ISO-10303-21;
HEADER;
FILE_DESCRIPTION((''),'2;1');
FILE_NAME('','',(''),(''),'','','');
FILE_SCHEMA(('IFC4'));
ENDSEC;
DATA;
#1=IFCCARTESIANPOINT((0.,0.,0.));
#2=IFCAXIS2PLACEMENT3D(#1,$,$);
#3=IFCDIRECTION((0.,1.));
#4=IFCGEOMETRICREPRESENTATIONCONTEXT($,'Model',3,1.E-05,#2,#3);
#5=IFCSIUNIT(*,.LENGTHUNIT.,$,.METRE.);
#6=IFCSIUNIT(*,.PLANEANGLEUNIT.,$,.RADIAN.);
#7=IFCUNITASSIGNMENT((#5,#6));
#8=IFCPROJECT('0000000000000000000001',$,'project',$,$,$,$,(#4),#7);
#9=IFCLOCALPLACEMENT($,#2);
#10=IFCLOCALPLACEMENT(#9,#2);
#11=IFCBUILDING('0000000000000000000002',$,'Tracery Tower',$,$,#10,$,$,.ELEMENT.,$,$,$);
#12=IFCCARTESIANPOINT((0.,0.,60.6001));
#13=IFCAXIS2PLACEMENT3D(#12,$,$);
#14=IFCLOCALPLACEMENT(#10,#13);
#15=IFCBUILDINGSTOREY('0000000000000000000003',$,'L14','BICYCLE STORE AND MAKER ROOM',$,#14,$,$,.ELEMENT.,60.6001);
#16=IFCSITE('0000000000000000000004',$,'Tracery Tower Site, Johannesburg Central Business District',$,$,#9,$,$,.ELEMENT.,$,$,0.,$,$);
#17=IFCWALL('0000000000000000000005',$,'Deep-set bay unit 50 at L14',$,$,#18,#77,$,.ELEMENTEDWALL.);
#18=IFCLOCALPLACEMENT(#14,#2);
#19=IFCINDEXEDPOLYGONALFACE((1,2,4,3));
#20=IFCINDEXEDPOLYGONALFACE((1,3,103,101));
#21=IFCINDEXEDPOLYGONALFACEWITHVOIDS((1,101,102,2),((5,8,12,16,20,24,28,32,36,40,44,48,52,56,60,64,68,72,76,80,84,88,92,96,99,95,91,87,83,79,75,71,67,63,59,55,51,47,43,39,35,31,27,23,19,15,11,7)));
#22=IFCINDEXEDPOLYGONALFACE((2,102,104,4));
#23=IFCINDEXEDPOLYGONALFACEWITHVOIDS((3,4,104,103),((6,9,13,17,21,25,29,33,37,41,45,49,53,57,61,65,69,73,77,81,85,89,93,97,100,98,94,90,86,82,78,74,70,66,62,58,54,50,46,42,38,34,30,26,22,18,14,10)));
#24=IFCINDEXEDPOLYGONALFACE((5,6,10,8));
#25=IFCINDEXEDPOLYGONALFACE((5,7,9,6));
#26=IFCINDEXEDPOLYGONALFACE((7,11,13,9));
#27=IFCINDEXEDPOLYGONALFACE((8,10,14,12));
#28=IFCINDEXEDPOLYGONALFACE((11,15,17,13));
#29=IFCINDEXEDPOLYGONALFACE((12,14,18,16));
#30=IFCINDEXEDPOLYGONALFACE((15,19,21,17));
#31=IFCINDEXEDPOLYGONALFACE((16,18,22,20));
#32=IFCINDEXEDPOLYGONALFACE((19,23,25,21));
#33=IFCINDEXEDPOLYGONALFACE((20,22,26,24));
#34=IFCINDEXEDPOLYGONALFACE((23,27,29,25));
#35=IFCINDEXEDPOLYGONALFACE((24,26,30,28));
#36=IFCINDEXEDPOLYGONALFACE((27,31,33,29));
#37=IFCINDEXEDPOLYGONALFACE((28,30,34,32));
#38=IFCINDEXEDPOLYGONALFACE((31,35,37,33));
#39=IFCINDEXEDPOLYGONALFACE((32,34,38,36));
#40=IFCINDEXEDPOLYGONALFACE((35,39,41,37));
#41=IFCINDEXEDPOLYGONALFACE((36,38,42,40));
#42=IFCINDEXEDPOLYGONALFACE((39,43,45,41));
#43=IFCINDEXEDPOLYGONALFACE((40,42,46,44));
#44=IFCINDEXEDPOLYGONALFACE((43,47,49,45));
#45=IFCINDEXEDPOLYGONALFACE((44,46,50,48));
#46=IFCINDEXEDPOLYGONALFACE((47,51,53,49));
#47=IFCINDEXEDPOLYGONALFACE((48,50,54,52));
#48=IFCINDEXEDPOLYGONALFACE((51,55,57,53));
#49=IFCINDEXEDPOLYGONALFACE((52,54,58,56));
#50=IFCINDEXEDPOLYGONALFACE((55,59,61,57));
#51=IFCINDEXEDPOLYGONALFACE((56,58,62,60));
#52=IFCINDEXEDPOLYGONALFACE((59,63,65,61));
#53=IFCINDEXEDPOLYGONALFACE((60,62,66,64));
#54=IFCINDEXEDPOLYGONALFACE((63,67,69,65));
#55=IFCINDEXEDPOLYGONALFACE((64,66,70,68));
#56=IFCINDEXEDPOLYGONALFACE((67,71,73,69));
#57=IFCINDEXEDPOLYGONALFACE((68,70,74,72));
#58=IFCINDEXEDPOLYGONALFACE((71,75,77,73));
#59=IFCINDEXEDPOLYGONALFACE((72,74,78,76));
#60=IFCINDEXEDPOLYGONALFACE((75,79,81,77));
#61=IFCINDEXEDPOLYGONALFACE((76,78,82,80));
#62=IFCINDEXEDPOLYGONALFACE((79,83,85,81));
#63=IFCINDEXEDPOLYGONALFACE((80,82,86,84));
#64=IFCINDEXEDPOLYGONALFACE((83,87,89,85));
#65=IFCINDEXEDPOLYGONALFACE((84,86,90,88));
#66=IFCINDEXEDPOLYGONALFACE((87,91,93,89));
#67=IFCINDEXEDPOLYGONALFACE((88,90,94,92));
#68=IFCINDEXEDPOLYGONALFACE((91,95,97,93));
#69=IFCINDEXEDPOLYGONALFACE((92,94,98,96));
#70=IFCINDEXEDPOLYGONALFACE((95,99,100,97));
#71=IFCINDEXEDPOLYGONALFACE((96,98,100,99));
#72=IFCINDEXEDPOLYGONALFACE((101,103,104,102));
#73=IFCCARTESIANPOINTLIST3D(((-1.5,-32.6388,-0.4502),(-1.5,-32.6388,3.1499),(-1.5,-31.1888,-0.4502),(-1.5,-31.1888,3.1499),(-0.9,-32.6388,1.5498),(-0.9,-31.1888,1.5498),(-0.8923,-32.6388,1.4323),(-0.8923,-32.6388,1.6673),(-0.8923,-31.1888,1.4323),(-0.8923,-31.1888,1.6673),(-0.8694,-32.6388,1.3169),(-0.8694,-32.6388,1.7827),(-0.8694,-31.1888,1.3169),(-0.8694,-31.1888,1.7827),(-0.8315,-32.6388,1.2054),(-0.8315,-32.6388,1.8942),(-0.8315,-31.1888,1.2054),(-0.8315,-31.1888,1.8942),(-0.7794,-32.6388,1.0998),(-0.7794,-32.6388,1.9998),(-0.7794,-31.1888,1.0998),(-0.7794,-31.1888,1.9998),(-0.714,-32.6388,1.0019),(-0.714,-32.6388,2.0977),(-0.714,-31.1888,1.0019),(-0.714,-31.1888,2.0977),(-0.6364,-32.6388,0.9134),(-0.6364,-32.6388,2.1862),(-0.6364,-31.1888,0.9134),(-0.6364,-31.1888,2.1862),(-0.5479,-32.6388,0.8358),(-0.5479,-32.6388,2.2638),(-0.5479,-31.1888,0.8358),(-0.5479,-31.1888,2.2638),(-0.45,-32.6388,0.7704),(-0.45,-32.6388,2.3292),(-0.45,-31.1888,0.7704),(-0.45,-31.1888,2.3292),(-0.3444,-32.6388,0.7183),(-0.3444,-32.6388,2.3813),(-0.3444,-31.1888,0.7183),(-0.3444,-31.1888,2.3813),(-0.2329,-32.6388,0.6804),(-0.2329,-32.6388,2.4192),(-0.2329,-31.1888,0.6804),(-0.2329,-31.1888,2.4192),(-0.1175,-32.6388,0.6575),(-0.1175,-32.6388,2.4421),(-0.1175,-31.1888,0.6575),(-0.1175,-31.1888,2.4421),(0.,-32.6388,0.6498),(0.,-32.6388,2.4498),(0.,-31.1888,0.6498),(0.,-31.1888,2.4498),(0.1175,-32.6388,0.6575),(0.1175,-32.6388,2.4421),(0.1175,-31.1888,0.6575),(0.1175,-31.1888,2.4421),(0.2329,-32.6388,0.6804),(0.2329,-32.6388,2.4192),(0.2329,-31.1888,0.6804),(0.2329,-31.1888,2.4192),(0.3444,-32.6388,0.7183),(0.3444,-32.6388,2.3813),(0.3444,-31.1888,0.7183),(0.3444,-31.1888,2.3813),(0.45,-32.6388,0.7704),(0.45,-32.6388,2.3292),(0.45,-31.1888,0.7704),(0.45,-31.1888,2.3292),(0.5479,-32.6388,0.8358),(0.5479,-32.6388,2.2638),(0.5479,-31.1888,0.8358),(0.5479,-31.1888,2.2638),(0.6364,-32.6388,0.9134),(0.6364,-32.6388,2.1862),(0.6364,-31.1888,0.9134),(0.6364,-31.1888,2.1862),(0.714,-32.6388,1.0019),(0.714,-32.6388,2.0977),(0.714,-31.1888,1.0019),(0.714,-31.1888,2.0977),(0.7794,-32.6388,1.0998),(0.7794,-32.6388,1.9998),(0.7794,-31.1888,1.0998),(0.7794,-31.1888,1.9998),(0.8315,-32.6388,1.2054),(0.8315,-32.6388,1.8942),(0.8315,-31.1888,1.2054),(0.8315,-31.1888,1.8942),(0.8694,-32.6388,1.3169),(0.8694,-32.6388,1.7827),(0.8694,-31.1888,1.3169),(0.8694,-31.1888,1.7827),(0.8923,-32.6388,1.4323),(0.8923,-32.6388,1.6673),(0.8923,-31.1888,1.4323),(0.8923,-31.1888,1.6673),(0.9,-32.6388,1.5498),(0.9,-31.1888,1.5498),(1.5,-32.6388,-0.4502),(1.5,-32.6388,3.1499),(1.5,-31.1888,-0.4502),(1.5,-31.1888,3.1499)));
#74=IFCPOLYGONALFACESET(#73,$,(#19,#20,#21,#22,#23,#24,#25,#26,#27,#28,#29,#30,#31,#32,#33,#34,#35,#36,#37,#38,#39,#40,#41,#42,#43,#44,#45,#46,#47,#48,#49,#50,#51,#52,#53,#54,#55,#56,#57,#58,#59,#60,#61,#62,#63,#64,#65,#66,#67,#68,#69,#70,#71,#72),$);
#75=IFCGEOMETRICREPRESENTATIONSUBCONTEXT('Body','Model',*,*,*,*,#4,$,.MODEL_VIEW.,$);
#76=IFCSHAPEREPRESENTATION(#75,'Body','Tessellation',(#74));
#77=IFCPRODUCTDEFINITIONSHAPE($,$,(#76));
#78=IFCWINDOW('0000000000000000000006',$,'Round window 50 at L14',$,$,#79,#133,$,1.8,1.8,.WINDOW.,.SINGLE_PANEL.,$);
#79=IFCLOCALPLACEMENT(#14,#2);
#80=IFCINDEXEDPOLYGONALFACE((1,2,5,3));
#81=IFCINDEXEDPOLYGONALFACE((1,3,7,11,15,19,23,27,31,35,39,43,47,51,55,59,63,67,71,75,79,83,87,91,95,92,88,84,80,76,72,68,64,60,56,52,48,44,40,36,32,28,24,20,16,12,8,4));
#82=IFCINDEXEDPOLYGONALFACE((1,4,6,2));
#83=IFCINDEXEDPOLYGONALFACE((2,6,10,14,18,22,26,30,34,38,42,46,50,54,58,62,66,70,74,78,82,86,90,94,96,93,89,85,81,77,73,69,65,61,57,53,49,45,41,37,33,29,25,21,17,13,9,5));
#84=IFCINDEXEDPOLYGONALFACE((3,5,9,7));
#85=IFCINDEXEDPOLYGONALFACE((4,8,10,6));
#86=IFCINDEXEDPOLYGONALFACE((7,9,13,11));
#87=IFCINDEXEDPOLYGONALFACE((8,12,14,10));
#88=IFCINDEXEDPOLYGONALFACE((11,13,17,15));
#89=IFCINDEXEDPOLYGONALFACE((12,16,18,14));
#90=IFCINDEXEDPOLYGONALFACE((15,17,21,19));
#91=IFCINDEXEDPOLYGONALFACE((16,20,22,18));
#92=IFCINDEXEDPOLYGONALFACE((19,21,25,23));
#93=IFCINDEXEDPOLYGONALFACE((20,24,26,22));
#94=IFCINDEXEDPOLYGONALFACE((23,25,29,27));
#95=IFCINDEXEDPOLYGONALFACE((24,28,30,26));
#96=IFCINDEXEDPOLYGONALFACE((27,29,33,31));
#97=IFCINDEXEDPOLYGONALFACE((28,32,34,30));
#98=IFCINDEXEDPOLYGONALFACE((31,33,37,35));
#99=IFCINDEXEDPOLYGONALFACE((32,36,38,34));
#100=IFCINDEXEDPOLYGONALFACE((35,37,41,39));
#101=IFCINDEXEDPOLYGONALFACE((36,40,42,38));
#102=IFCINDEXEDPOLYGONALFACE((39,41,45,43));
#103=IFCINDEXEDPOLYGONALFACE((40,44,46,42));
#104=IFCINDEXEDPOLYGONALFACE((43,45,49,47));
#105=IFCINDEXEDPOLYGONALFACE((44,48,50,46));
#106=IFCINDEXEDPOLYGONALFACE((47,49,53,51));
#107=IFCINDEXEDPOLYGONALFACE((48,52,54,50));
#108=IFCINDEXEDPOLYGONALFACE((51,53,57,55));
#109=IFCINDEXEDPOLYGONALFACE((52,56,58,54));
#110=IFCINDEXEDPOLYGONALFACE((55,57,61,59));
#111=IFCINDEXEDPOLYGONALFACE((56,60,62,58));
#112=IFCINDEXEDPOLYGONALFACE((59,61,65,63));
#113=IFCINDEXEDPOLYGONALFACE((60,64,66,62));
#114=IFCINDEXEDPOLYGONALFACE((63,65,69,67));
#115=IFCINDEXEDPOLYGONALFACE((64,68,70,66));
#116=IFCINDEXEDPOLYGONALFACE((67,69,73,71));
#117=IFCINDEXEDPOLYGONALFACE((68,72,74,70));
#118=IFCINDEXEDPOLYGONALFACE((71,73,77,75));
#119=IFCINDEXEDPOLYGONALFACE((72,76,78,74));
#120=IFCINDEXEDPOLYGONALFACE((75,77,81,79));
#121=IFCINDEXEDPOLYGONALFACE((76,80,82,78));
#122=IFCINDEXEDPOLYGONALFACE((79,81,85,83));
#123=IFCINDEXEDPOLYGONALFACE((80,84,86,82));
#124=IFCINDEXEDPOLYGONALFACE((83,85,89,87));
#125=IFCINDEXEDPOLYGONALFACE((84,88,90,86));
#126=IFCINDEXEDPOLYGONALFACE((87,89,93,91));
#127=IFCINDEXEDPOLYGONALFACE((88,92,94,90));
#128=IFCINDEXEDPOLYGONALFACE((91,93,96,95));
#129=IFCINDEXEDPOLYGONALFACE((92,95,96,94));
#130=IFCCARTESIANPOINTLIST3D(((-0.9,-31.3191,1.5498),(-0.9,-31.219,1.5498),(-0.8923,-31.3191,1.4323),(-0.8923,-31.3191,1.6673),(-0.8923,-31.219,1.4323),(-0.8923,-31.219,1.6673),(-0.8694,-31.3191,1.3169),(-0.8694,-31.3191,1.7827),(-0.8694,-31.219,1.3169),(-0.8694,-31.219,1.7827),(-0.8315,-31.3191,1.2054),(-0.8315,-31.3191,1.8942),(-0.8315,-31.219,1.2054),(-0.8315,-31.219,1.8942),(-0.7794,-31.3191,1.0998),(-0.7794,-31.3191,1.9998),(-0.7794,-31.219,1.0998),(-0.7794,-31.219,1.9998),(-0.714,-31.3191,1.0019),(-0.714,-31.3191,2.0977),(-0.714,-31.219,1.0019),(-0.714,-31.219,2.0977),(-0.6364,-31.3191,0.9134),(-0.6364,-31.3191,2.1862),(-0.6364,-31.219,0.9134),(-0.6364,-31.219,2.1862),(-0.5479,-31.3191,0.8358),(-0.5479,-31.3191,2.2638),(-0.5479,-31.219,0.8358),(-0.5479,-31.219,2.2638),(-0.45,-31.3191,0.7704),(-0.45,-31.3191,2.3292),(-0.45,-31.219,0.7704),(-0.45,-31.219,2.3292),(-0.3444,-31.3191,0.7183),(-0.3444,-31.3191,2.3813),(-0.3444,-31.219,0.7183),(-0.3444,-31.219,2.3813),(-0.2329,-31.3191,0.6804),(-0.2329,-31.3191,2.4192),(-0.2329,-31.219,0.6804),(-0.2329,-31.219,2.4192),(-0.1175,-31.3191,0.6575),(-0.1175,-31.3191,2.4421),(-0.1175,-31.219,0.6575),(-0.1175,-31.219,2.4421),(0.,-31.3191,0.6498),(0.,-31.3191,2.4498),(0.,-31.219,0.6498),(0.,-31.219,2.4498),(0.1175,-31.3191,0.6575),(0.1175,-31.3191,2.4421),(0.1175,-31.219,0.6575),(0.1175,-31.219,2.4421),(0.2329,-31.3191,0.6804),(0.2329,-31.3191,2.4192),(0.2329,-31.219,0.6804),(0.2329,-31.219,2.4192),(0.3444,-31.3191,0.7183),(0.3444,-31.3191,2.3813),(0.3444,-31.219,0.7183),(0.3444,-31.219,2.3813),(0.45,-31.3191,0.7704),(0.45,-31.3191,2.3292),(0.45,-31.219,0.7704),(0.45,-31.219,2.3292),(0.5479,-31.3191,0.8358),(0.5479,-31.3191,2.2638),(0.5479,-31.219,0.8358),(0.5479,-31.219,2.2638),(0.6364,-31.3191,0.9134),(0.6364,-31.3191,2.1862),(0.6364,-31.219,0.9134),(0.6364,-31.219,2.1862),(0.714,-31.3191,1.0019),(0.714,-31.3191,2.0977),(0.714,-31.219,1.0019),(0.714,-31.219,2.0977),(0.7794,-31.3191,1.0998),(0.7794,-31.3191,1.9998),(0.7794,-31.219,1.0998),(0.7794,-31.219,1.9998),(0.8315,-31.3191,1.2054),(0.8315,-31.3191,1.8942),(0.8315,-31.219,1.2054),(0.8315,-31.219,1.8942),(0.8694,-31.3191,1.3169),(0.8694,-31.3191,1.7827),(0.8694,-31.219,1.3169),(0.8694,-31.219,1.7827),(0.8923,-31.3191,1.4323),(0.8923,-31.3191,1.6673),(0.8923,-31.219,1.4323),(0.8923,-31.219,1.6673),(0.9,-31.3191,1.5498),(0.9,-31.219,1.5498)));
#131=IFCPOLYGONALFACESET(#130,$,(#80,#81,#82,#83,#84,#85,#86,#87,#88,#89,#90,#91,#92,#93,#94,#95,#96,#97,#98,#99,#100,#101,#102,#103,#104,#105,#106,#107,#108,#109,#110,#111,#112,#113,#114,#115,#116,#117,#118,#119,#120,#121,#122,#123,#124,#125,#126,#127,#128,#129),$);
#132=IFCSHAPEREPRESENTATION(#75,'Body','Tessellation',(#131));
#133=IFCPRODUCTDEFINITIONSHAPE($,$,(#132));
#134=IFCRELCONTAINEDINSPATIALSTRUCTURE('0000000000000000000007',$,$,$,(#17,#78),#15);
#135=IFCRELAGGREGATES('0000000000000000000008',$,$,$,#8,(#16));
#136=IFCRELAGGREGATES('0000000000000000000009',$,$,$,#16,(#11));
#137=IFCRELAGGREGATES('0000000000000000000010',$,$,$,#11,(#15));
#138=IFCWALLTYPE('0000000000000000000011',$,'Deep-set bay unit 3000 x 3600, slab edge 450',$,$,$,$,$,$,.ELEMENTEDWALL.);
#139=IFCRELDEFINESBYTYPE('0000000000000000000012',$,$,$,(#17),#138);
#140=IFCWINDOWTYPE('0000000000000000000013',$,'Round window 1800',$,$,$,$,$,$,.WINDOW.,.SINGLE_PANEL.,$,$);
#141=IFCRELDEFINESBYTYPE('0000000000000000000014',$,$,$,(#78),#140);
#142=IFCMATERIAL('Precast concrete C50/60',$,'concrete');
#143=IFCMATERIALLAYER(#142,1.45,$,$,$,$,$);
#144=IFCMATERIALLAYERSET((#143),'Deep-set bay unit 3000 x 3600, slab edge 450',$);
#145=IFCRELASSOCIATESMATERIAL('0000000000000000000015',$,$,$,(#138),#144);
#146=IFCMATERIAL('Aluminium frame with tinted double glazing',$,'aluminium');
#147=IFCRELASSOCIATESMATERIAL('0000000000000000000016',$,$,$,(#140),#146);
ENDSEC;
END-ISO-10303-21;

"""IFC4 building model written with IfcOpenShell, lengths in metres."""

from ifc_helpers import new_model, si_unit, direction, frame, frame_2d, origin, origin_2d, place, context, subcontext, project, spatial, rectangle, circle, extrude, material, layer, layer_set, type_object, element, fill, save


model = new_model("IFC4")

# Units and contexts
model_context = context("Model", 3, precision=1e-05, world=origin(), true_north=direction((0.0, 1.0)))
body_context = subcontext(model_context, "Body", "Model", "MODEL_VIEW")
ifc_project = project(units=[si_unit("LENGTHUNIT", "METRE"), si_unit("PLANEANGLEUNIT", "RADIAN")], contexts=[model_context])

# Site, building, storey
site_placement = place(None, origin())
site = spatial("IfcSite", under=ifc_project, at=site_placement, Name="Tracery Tower Site, Johannesburg Central Business District", CompositionType="ELEMENT", RefElevation=0.0)
building_placement = place(site_placement, origin())
building = spatial("IfcBuilding", under=site, at=building_placement, Name="Tracery Tower", CompositionType="ELEMENT")
storey_placement = place(building_placement, frame((0.0, 0.0, 60.6001)))
storey = spatial("IfcBuildingStorey", under=building, at=storey_placement, Name="L14", Description="BICYCLE STORE AND MAKER ROOM", CompositionType="ELEMENT", Elevation=60.6001)

# Wall, opening, window
ifc_material_1 = material(Name="Precast concrete C50/60", Category="concrete")
ifc_layer_1 = layer(ifc_material_1, 1.45)
ifc_layer_set_1 = layer_set([ifc_layer_1], Name="Deep-set bay unit 3000 x 3600, slab edge 450")
wall_type_1 = type_object("IfcWallType", Name="Deep-set bay unit 3000 x 3600, slab edge 450", PredefinedType="ELEMENTEDWALL", material=ifc_layer_set_1)
ifc_material_2 = material(Name="Aluminium frame with tinted double glazing", Category="aluminium")
window_type = type_object("IfcWindowType", Name="Round window 1800", PartitioningType="SINGLE_PANEL", PredefinedType="WINDOW", material=ifc_material_2)
wall_1_placement = place(storey_placement, frame((-1.5, -31.9138, -0.4502), z_axis=(0.0, 0.0, 1.0), x_axis=(1.0, 0.0, 0.0)))
wall_1 = element("IfcWall", 1, at=wall_1_placement, inside=storey, type_object=wall_type_1, Name="Deep-set bay unit 50 at L14", PredefinedType="ELEMENTEDWALL", context=body_context, shape_type="SweptSolid", body=[
    extrude(rectangle(XDim=3.0, YDim=1.45, at=frame_2d((1.5, 0.0))), origin(), (0.0, 0.0, 1.0), 3.6001),
])
opening_1_placement = place(wall_1_placement, frame((1.5, 0.0, 2.0)))
opening_1 = element("IfcOpeningElement", 2, at=opening_1_placement, cuts=wall_1, PredefinedType="OPENING", context=body_context, shape_type="SweptSolid", body=[
    extrude(circle(Radius=0.9, at=origin_2d()), frame((0.0, 0.7349, 0.0), z_axis=(0.0, -1.0, 0.0), x_axis=(1.0, 0.0, 0.0)), (0.0, 0.0, 1.0), 1.47),
])
window_1_placement = place(opening_1_placement, origin())
window_1 = element("IfcWindow", 3, at=window_1_placement, inside=storey, type_object=window_type, Name="Round window 50 at L14", OverallHeight=1.8, OverallWidth=1.8, PartitioningType="SINGLE_PANEL", PredefinedType="WINDOW", context=body_context, shape_type="SweptSolid", body=[
    extrude(circle(Radius=0.9, at=origin_2d()), frame((0.0, 0.6948, 0.0), z_axis=(0.0, -1.0, 0.0), x_axis=(1.0, 0.0, 0.0)), (0.0, 0.0, 1.0), 0.1001),
])
fill(opening_1, window_1)

save(model, "model.ifc")
